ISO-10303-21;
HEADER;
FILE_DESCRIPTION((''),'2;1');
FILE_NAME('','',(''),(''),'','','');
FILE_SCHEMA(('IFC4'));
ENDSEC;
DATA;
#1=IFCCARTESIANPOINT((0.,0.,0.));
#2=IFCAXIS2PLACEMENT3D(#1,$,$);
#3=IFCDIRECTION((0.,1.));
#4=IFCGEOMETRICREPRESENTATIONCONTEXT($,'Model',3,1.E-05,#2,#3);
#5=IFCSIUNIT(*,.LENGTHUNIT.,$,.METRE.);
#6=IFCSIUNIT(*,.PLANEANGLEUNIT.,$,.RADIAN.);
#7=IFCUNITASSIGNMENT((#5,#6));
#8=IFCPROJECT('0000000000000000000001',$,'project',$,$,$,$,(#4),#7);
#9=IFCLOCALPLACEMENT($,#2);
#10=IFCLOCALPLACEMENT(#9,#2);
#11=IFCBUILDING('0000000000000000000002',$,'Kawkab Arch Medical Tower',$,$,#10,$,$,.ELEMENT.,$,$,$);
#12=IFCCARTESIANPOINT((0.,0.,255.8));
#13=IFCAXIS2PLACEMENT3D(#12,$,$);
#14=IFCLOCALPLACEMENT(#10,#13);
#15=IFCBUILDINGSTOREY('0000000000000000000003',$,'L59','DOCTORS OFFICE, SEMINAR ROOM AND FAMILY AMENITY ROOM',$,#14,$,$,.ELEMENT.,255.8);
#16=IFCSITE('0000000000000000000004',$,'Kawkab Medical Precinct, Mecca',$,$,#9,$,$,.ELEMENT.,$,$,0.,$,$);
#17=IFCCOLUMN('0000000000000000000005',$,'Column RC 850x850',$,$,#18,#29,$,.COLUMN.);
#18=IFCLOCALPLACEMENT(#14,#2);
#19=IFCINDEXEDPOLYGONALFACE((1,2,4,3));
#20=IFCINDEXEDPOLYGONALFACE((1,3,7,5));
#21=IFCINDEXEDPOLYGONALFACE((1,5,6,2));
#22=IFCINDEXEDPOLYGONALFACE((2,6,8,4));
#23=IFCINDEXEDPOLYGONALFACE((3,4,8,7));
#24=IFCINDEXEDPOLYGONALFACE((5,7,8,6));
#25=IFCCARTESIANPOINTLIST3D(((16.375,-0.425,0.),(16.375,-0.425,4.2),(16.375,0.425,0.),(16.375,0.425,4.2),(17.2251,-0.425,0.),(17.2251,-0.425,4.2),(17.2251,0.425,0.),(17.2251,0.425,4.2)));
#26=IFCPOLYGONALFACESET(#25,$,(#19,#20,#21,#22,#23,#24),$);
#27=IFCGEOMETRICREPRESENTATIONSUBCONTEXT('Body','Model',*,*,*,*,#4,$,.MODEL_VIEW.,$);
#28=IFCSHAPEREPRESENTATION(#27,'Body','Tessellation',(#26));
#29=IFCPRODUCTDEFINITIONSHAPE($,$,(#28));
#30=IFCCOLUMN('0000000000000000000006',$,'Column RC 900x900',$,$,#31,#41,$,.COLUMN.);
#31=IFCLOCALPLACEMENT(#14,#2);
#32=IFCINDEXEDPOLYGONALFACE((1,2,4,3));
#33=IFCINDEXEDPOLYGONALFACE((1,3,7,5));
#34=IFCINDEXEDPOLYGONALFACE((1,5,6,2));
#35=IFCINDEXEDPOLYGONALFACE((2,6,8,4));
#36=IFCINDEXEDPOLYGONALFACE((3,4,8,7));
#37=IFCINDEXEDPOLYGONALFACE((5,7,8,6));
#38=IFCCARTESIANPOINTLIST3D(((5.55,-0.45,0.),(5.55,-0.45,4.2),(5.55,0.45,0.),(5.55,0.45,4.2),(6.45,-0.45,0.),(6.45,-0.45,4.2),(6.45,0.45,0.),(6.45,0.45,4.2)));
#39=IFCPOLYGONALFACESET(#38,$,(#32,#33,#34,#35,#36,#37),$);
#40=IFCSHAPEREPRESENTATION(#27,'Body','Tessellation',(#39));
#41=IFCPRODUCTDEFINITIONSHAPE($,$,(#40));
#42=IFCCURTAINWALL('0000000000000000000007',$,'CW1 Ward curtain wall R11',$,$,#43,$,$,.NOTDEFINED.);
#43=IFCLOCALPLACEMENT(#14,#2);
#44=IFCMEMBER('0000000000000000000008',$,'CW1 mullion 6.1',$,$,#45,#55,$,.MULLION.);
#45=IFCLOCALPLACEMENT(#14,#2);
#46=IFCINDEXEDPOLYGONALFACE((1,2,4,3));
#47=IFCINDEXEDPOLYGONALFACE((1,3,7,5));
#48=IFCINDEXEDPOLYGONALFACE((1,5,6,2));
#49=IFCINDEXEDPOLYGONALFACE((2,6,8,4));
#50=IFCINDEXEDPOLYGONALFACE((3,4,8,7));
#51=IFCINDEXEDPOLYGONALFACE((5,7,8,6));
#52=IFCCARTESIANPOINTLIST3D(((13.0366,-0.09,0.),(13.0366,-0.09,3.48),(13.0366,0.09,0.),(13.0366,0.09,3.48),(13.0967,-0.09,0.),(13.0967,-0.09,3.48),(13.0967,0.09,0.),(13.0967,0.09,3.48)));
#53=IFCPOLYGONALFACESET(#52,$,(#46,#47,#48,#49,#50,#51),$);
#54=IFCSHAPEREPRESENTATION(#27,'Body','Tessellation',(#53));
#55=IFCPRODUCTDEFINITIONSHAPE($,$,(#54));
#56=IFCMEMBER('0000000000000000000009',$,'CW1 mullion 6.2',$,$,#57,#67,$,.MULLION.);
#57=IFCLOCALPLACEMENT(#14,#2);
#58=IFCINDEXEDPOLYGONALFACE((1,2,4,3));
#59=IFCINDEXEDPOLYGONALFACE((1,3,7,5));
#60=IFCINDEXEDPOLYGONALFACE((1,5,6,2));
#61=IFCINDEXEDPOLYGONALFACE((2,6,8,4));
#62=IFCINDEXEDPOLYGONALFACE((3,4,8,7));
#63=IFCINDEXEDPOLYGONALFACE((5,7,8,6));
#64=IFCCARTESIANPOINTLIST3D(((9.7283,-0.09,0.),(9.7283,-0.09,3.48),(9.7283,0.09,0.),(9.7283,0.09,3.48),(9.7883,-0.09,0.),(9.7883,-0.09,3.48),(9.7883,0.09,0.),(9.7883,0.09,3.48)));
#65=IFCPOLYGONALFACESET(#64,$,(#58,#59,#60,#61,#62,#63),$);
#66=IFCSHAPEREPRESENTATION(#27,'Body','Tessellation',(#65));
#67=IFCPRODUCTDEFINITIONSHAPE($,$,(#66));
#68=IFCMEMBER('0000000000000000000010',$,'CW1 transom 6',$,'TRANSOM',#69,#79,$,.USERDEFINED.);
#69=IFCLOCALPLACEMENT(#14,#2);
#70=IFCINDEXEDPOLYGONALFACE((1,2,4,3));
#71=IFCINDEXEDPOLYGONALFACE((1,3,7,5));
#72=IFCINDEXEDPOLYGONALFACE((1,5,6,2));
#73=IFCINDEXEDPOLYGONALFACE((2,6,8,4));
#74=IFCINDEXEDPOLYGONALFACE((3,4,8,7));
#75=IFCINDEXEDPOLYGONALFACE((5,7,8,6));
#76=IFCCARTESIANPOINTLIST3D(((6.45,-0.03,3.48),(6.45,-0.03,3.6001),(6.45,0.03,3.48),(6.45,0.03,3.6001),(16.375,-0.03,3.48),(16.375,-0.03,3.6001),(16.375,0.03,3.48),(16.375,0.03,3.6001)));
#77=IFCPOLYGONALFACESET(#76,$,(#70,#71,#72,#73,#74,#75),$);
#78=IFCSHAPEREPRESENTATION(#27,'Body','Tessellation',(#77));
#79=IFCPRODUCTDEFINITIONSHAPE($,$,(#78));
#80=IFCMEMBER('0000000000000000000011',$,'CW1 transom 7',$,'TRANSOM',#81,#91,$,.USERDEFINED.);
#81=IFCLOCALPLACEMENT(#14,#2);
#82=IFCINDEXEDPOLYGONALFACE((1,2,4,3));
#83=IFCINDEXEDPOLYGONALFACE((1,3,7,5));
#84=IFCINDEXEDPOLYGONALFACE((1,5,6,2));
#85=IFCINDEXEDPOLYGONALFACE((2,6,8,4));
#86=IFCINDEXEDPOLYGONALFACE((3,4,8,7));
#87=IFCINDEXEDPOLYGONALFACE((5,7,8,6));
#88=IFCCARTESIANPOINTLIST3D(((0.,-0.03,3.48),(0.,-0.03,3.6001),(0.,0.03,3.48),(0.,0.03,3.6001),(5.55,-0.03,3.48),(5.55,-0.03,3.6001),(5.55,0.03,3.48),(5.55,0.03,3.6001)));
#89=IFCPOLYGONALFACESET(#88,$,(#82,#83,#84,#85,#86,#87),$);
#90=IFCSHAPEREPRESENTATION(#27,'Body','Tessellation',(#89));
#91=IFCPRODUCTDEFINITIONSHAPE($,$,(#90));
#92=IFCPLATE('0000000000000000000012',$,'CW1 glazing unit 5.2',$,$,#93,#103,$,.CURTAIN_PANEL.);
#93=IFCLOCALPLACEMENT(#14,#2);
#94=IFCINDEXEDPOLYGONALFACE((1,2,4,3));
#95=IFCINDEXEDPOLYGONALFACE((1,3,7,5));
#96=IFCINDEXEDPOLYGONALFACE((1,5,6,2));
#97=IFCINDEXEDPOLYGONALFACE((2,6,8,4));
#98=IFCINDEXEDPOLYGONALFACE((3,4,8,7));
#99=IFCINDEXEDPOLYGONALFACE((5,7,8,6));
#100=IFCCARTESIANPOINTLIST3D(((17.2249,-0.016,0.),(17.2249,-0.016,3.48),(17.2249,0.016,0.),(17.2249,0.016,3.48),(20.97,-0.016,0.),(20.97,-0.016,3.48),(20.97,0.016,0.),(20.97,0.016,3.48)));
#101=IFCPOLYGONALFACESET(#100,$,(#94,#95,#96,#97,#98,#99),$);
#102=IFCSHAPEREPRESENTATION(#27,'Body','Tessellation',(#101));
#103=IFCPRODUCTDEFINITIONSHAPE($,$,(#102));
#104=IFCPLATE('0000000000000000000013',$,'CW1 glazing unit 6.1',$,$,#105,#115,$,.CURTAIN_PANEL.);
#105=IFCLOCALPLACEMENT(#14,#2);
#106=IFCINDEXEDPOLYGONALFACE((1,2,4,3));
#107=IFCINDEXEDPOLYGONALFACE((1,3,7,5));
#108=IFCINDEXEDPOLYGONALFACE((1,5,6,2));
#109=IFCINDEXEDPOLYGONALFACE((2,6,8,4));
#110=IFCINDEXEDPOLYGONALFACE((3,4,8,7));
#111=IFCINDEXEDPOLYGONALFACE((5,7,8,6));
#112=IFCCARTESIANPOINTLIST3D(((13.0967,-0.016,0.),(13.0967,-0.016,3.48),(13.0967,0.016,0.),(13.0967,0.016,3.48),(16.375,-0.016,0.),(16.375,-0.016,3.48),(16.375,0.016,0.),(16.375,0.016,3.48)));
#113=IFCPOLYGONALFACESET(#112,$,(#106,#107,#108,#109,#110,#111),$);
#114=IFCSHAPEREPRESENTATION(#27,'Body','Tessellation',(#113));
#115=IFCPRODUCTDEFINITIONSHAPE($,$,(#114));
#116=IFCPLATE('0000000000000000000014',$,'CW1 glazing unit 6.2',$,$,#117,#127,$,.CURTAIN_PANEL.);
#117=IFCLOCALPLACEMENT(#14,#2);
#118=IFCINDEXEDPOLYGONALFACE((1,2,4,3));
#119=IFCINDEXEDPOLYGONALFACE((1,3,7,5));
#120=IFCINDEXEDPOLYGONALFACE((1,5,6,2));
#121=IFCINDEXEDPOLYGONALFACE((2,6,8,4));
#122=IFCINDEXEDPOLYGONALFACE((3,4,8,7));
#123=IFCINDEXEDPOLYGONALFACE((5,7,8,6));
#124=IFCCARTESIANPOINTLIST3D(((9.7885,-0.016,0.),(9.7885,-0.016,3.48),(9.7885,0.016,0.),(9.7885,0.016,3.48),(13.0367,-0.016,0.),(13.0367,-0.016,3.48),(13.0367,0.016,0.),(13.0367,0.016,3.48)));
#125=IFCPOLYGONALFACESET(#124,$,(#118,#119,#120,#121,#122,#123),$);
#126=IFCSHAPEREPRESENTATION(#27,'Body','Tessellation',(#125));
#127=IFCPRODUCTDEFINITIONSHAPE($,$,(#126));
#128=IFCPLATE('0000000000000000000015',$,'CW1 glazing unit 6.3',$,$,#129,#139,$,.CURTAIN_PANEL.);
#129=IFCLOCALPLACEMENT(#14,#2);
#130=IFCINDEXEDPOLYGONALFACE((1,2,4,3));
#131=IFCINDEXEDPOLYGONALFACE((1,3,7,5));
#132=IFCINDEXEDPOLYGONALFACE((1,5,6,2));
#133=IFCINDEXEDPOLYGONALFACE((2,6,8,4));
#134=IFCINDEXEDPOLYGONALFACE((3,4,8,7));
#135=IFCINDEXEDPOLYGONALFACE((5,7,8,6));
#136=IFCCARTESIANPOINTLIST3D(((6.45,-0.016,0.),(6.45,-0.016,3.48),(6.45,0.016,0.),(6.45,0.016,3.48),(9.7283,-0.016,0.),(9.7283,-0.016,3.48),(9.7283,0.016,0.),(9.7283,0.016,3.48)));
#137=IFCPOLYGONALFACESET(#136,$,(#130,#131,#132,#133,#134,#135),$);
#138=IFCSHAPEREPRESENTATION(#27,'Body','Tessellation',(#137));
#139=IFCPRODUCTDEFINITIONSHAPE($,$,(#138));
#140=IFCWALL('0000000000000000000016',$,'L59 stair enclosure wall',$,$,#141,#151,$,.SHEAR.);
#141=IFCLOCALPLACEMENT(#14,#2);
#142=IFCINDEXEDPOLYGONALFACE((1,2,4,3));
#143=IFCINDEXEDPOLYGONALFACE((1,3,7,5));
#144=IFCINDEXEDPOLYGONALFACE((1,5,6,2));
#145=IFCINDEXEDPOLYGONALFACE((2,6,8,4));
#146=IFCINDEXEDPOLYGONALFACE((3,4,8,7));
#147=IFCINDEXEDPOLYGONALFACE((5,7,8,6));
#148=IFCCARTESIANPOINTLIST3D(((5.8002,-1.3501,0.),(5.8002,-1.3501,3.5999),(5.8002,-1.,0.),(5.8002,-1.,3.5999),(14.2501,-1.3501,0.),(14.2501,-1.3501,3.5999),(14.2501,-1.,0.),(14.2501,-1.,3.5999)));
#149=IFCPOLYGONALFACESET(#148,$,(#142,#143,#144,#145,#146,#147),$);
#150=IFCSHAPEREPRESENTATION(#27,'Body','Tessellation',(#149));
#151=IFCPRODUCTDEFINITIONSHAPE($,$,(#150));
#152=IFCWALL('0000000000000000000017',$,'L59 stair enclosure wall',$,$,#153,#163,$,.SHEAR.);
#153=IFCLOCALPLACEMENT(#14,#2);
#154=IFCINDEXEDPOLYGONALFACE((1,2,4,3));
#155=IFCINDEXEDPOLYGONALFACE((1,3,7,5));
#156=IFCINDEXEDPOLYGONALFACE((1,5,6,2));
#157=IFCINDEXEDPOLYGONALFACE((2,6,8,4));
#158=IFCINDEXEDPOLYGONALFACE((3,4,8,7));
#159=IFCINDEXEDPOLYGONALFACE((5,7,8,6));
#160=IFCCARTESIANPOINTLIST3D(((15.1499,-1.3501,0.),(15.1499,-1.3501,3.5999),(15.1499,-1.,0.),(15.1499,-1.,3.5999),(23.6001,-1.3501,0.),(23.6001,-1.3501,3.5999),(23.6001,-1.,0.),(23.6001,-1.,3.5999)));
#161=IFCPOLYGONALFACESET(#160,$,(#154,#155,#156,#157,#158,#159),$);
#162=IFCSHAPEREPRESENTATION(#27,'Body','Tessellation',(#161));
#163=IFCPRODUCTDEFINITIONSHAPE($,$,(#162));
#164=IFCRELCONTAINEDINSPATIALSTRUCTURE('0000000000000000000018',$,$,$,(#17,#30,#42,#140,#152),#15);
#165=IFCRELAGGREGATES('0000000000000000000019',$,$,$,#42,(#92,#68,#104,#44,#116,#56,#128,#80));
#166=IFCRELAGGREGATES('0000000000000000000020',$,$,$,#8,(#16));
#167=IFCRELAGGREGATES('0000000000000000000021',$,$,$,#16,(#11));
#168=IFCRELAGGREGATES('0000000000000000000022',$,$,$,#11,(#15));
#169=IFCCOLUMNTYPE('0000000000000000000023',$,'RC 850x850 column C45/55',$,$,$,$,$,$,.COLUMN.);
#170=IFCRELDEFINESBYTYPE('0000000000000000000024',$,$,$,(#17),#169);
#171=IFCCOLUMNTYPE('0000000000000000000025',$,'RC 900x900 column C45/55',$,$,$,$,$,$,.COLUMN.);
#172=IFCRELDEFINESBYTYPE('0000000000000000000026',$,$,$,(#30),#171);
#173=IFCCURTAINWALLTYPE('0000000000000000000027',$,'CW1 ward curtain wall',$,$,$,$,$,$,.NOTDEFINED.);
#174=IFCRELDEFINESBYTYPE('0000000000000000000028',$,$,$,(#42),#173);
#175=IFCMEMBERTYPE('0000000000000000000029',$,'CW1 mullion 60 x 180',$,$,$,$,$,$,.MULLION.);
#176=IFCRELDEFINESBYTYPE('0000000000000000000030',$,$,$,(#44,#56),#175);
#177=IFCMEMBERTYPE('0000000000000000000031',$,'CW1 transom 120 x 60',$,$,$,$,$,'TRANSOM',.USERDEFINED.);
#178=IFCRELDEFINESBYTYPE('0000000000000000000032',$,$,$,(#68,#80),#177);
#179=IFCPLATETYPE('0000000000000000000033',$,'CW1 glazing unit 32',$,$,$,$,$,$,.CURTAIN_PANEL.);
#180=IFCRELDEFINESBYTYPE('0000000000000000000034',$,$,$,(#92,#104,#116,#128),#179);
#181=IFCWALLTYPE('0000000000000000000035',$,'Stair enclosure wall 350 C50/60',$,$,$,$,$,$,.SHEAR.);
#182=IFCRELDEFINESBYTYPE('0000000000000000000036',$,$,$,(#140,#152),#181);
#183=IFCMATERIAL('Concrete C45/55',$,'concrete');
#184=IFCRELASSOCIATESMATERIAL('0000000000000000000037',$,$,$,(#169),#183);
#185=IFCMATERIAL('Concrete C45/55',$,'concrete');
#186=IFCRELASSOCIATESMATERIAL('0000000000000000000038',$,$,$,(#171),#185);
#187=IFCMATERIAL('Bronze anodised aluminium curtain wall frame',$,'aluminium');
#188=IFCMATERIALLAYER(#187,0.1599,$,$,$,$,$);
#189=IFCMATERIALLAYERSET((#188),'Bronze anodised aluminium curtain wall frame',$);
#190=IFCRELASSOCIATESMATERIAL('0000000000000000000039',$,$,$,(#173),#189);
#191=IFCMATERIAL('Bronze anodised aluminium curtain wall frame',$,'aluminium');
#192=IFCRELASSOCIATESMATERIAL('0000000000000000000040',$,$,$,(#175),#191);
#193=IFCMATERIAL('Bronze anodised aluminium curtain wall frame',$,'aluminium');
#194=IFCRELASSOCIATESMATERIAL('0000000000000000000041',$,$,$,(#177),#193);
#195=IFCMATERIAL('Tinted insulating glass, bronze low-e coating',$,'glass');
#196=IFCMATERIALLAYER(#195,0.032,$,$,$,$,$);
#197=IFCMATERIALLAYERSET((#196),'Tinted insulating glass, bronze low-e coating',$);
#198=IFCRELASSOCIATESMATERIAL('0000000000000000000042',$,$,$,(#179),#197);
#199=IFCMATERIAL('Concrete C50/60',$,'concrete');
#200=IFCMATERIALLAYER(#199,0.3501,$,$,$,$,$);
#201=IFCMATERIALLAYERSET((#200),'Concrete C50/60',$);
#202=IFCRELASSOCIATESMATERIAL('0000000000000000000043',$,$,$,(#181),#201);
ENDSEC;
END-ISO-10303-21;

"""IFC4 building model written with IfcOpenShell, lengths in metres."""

from ifc_helpers import new_model, si_unit, direction, frame, frame_2d, origin, origin_2d, place, context, subcontext, project, spatial, rectangle, extrude, material, layer, layer_set, material_profile, profile_set, type_object, element, aggregate, save


model = new_model("IFC4")

# Units and contexts
model_context = context("Model", 3, precision=1e-05, world=origin(), true_north=direction((0.0, 1.0)))
body_context = subcontext(model_context, "Body", "Model", "MODEL_VIEW")
ifc_project = project(units=[si_unit("LENGTHUNIT", "METRE"), si_unit("PLANEANGLEUNIT", "RADIAN")], contexts=[model_context])

# Site, building, storey
site_placement = place(None, origin())
site = spatial("IfcSite", under=ifc_project, at=site_placement, Name="Kawkab Medical Precinct, Mecca", CompositionType="ELEMENT", RefElevation=0.0)
building_placement = place(site_placement, origin())
building = spatial("IfcBuilding", under=site, at=building_placement, Name="Kawkab Arch Medical Tower", CompositionType="ELEMENT")
storey_placement = place(building_placement, frame((0.0, 0.0, 255.8)))
storey = spatial("IfcBuildingStorey", under=building, at=storey_placement, Name="L59", Description="DOCTORS OFFICE, SEMINAR ROOM AND FAMILY AMENITY ROOM", CompositionType="ELEMENT", Elevation=255.8)

# Columns
ifc_material_1 = material(Name="Concrete C45/55", Category="concrete")
ifc_material_profile_1 = material_profile(ifc_material_1, rectangle(XDim=0.8501, YDim=0.8501, at=origin_2d()), Name="RC 850x850")
ifc_profile_set_1 = profile_set([ifc_material_profile_1], Name="Concrete C45/55")
column_type_1 = type_object("IfcColumnType", Name="RC 850x850 column C45/55", PredefinedType="COLUMN", material=ifc_profile_set_1)
column_1_placement = place(storey_placement, frame((16.8, 0.0, 0.0), z_axis=(0.0, 0.0, 1.0), x_axis=(1.0, 0.0, 0.0)))
element("IfcColumn", 1, at=column_1_placement, inside=storey, type_object=column_type_1, Name="Column RC 850x850", PredefinedType="COLUMN", context=body_context, shape_type="SweptSolid", body=[
    extrude(rectangle(XDim=0.8501, YDim=0.8501, at=origin_2d()), origin(), (0.0, 0.0, 1.0), 4.2),
])
ifc_material_2 = material(Name="Concrete C45/55", Category="concrete")
ifc_material_profile_2 = material_profile(ifc_material_2, rectangle(XDim=0.8999, YDim=0.8999, at=origin_2d()), Name="RC 900x900")
ifc_profile_set_2 = profile_set([ifc_material_profile_2], Name="Concrete C45/55")
column_type_2 = type_object("IfcColumnType", Name="RC 900x900 column C45/55", PredefinedType="COLUMN", material=ifc_profile_set_2)
column_2_placement = place(storey_placement, frame((6.0, 0.0, 0.0), z_axis=(0.0, 0.0, 1.0), x_axis=(1.0, 0.0, 0.0)))
element("IfcColumn", 2, at=column_2_placement, inside=storey, type_object=column_type_2, Name="Column RC 900x900", PredefinedType="COLUMN", context=body_context, shape_type="SweptSolid", body=[
    extrude(rectangle(XDim=0.8999, YDim=0.8999, at=origin_2d()), origin(), (0.0, 0.0, 1.0), 4.2),
])

# Curtain wall, members, plates
ifc_material_3 = material(Name="Bronze anodised aluminium curtain wall frame", Category="aluminium")
ifc_layer_1 = layer(ifc_material_3, 0.1599)
ifc_layer_set_1 = layer_set([ifc_layer_1], Name="Bronze anodised aluminium curtain wall frame")
curtain_wall_type = type_object("IfcCurtainWallType", Name="CW1 ward curtain wall", PredefinedType="NOTDEFINED", material=ifc_layer_set_1)
placement = place(storey_placement, origin())
curtain_wall = element("IfcCurtainWall", 3, at=placement, inside=storey, type_object=curtain_wall_type, Name="CW1 Ward curtain wall R11", PredefinedType="NOTDEFINED")
ifc_material_4 = material(Name="Bronze anodised aluminium curtain wall frame", Category="aluminium")
ifc_material_profile_3 = material_profile(ifc_material_4, rectangle(XDim=0.1799, YDim=0.0601, at=origin_2d()), Name="AL 60x180")
ifc_profile_set_3 = profile_set([ifc_material_profile_3], Name="Bronze anodised aluminium curtain wall frame")
member_type_1 = type_object("IfcMemberType", Name="CW1 mullion 60 x 180", PredefinedType="MULLION", material=ifc_profile_set_3)
member_1_placement = place(storey_placement, frame((13.0667, 0.0, 0.0), z_axis=(0.0, 0.0, 1.0), x_axis=(0.0, -1.0, 0.0)))
member_1 = element("IfcMember", 4, at=member_1_placement, type_object=member_type_1, Name="CW1 mullion 6.1", PredefinedType="MULLION", context=body_context, shape_type="SweptSolid", body=[
    extrude(rectangle(XDim=0.1799, YDim=0.0601, at=origin_2d()), origin(), (0.0, 0.0, 1.0), 3.48),
])
member_2_placement = place(storey_placement, frame((9.7583, 0.0, 0.0), z_axis=(0.0, 0.0, 1.0), x_axis=(0.0, -1.0, 0.0)))
member_2 = element("IfcMember", 5, at=member_2_placement, type_object=member_type_1, Name="CW1 mullion 6.2", PredefinedType="MULLION", context=body_context, shape_type="SweptSolid", body=[
    extrude(rectangle(XDim=0.1799, YDim=0.0601, at=origin_2d()), origin(), (0.0, 0.0, 1.0), 3.48),
])
ifc_material_5 = material(Name="Bronze anodised aluminium curtain wall frame", Category="aluminium")
ifc_material_profile_4 = material_profile(ifc_material_5, rectangle(XDim=0.0601, YDim=0.1201, at=origin_2d()), Name="AL 60x120")
ifc_profile_set_4 = profile_set([ifc_material_profile_4], Name="Bronze anodised aluminium curtain wall frame")
member_type_2 = type_object("IfcMemberType", Name="CW1 transom 120 x 60", ElementType="TRANSOM", PredefinedType="USERDEFINED", material=ifc_profile_set_4)
member_3_placement = place(storey_placement, frame((16.375, 0.0, 3.54), z_axis=(-1.0, 0.0, 0.0), x_axis=(0.0, -1.0, 0.0)))
member_3 = element("IfcMember", 6, at=member_3_placement, type_object=member_type_2, Name="CW1 transom 6", ObjectType="TRANSOM", PredefinedType="USERDEFINED", context=body_context, shape_type="SweptSolid", body=[
    extrude(rectangle(XDim=0.0601, YDim=0.1201, at=origin_2d()), origin(), (0.0, 0.0, 1.0), 9.925),
])
member_4_placement = place(storey_placement, frame((5.55, 0.0, 3.54), z_axis=(-1.0, 0.0, 0.0), x_axis=(0.0, -1.0, 0.0)))
member_4 = element("IfcMember", 7, at=member_4_placement, type_object=member_type_2, Name="CW1 transom 7", ObjectType="TRANSOM", PredefinedType="USERDEFINED", context=body_context, shape_type="SweptSolid", body=[
    extrude(rectangle(XDim=0.0601, YDim=0.1201, at=origin_2d()), origin(), (0.0, 0.0, 1.0), 5.55),
])
ifc_material_6 = material(Name="Tinted insulating glass, bronze low-e coating", Category="glass")
ifc_layer_2 = layer(ifc_material_6, 0.032)
ifc_layer_set_2 = layer_set([ifc_layer_2], Name="Tinted insulating glass, bronze low-e coating")
plate_type = type_object("IfcPlateType", Name="CW1 glazing unit 32", PredefinedType="CURTAIN_PANEL", material=ifc_layer_set_2)
plate_1_placement = place(storey_placement, frame((19.0974, 0.0, 0.0), z_axis=(0.0, 0.0, 1.0), x_axis=(-1.0, 0.0, 0.0)))
plate_1 = element("IfcPlate", 8, at=plate_1_placement, type_object=plate_type, Name="CW1 glazing unit 5.2", PredefinedType="CURTAIN_PANEL", context=body_context, shape_type="SweptSolid", body=[
    extrude(rectangle(XDim=3.7451, YDim=0.032, at=origin_2d()), origin(), (0.0, 0.0, 1.0), 3.48),
])
plate_2_placement = place(storey_placement, frame((14.7358, 0.0, 0.0), z_axis=(0.0, 0.0, 1.0), x_axis=(-1.0, 0.0, 0.0)))
plate_2 = element("IfcPlate", 9, at=plate_2_placement, type_object=plate_type, Name="CW1 glazing unit 6.1", PredefinedType="CURTAIN_PANEL", context=body_context, shape_type="SweptSolid", body=[
    extrude(rectangle(XDim=3.2783, YDim=0.032, at=origin_2d()), origin(), (0.0, 0.0, 1.0), 3.48),
])
plate_3_placement = place(storey_placement, frame((11.4126, 0.0, 0.0), z_axis=(0.0, 0.0, 1.0), x_axis=(-1.0, 0.0, 0.0)))
plate_3 = element("IfcPlate", 10, at=plate_3_placement, type_object=plate_type, Name="CW1 glazing unit 6.2", PredefinedType="CURTAIN_PANEL", context=body_context, shape_type="SweptSolid", body=[
    extrude(rectangle(XDim=3.2483, YDim=0.032, at=origin_2d()), origin(), (0.0, 0.0, 1.0), 3.48),
])
plate_4_placement = place(storey_placement, frame((8.0891, 0.0, 0.0), z_axis=(0.0, 0.0, 1.0), x_axis=(-1.0, 0.0, 0.0)))
plate_4 = element("IfcPlate", 11, at=plate_4_placement, type_object=plate_type, Name="CW1 glazing unit 6.3", PredefinedType="CURTAIN_PANEL", context=body_context, shape_type="SweptSolid", body=[
    extrude(rectangle(XDim=3.2783, YDim=0.032, at=origin_2d()), origin(), (0.0, 0.0, 1.0), 3.48),
])
aggregate(curtain_wall, [plate_1, member_3, plate_2, member_1, plate_3, member_2, plate_4, member_4])

# Walls
ifc_material_7 = material(Name="Concrete C50/60", Category="concrete")
ifc_layer_3 = layer(ifc_material_7, 0.3501)
ifc_layer_set_3 = layer_set([ifc_layer_3], Name="Concrete C50/60")
wall_type = type_object("IfcWallType", Name="Stair enclosure wall 350 C50/60", PredefinedType="SHEAR", material=ifc_layer_set_3)
wall_1_placement = place(storey_placement, frame((5.8, -1.175, 0.0), z_axis=(0.0, 0.0, 1.0), x_axis=(1.0, 0.0, 0.0)))
element("IfcWall", 12, at=wall_1_placement, inside=storey, type_object=wall_type, Name="L59 stair enclosure wall", PredefinedType="SHEAR", context=body_context, shape_type="SweptSolid", body=[
    extrude(rectangle(XDim=8.45, YDim=0.3501, at=frame_2d((4.2251, 0.0))), origin(), (0.0, 0.0, 1.0), 3.5999),
])
wall_2_placement = place(storey_placement, frame((15.1499, -1.175, 0.0), z_axis=(0.0, 0.0, 1.0), x_axis=(1.0, 0.0, 0.0)))
element("IfcWall", 13, at=wall_2_placement, inside=storey, type_object=wall_type, Name="L59 stair enclosure wall", PredefinedType="SHEAR", context=body_context, shape_type="SweptSolid", body=[
    extrude(rectangle(XDim=8.4502, YDim=0.3501, at=frame_2d((4.2251, 0.0))), origin(), (0.0, 0.0, 1.0), 3.5999),
])

save(model, "model.ifc")
